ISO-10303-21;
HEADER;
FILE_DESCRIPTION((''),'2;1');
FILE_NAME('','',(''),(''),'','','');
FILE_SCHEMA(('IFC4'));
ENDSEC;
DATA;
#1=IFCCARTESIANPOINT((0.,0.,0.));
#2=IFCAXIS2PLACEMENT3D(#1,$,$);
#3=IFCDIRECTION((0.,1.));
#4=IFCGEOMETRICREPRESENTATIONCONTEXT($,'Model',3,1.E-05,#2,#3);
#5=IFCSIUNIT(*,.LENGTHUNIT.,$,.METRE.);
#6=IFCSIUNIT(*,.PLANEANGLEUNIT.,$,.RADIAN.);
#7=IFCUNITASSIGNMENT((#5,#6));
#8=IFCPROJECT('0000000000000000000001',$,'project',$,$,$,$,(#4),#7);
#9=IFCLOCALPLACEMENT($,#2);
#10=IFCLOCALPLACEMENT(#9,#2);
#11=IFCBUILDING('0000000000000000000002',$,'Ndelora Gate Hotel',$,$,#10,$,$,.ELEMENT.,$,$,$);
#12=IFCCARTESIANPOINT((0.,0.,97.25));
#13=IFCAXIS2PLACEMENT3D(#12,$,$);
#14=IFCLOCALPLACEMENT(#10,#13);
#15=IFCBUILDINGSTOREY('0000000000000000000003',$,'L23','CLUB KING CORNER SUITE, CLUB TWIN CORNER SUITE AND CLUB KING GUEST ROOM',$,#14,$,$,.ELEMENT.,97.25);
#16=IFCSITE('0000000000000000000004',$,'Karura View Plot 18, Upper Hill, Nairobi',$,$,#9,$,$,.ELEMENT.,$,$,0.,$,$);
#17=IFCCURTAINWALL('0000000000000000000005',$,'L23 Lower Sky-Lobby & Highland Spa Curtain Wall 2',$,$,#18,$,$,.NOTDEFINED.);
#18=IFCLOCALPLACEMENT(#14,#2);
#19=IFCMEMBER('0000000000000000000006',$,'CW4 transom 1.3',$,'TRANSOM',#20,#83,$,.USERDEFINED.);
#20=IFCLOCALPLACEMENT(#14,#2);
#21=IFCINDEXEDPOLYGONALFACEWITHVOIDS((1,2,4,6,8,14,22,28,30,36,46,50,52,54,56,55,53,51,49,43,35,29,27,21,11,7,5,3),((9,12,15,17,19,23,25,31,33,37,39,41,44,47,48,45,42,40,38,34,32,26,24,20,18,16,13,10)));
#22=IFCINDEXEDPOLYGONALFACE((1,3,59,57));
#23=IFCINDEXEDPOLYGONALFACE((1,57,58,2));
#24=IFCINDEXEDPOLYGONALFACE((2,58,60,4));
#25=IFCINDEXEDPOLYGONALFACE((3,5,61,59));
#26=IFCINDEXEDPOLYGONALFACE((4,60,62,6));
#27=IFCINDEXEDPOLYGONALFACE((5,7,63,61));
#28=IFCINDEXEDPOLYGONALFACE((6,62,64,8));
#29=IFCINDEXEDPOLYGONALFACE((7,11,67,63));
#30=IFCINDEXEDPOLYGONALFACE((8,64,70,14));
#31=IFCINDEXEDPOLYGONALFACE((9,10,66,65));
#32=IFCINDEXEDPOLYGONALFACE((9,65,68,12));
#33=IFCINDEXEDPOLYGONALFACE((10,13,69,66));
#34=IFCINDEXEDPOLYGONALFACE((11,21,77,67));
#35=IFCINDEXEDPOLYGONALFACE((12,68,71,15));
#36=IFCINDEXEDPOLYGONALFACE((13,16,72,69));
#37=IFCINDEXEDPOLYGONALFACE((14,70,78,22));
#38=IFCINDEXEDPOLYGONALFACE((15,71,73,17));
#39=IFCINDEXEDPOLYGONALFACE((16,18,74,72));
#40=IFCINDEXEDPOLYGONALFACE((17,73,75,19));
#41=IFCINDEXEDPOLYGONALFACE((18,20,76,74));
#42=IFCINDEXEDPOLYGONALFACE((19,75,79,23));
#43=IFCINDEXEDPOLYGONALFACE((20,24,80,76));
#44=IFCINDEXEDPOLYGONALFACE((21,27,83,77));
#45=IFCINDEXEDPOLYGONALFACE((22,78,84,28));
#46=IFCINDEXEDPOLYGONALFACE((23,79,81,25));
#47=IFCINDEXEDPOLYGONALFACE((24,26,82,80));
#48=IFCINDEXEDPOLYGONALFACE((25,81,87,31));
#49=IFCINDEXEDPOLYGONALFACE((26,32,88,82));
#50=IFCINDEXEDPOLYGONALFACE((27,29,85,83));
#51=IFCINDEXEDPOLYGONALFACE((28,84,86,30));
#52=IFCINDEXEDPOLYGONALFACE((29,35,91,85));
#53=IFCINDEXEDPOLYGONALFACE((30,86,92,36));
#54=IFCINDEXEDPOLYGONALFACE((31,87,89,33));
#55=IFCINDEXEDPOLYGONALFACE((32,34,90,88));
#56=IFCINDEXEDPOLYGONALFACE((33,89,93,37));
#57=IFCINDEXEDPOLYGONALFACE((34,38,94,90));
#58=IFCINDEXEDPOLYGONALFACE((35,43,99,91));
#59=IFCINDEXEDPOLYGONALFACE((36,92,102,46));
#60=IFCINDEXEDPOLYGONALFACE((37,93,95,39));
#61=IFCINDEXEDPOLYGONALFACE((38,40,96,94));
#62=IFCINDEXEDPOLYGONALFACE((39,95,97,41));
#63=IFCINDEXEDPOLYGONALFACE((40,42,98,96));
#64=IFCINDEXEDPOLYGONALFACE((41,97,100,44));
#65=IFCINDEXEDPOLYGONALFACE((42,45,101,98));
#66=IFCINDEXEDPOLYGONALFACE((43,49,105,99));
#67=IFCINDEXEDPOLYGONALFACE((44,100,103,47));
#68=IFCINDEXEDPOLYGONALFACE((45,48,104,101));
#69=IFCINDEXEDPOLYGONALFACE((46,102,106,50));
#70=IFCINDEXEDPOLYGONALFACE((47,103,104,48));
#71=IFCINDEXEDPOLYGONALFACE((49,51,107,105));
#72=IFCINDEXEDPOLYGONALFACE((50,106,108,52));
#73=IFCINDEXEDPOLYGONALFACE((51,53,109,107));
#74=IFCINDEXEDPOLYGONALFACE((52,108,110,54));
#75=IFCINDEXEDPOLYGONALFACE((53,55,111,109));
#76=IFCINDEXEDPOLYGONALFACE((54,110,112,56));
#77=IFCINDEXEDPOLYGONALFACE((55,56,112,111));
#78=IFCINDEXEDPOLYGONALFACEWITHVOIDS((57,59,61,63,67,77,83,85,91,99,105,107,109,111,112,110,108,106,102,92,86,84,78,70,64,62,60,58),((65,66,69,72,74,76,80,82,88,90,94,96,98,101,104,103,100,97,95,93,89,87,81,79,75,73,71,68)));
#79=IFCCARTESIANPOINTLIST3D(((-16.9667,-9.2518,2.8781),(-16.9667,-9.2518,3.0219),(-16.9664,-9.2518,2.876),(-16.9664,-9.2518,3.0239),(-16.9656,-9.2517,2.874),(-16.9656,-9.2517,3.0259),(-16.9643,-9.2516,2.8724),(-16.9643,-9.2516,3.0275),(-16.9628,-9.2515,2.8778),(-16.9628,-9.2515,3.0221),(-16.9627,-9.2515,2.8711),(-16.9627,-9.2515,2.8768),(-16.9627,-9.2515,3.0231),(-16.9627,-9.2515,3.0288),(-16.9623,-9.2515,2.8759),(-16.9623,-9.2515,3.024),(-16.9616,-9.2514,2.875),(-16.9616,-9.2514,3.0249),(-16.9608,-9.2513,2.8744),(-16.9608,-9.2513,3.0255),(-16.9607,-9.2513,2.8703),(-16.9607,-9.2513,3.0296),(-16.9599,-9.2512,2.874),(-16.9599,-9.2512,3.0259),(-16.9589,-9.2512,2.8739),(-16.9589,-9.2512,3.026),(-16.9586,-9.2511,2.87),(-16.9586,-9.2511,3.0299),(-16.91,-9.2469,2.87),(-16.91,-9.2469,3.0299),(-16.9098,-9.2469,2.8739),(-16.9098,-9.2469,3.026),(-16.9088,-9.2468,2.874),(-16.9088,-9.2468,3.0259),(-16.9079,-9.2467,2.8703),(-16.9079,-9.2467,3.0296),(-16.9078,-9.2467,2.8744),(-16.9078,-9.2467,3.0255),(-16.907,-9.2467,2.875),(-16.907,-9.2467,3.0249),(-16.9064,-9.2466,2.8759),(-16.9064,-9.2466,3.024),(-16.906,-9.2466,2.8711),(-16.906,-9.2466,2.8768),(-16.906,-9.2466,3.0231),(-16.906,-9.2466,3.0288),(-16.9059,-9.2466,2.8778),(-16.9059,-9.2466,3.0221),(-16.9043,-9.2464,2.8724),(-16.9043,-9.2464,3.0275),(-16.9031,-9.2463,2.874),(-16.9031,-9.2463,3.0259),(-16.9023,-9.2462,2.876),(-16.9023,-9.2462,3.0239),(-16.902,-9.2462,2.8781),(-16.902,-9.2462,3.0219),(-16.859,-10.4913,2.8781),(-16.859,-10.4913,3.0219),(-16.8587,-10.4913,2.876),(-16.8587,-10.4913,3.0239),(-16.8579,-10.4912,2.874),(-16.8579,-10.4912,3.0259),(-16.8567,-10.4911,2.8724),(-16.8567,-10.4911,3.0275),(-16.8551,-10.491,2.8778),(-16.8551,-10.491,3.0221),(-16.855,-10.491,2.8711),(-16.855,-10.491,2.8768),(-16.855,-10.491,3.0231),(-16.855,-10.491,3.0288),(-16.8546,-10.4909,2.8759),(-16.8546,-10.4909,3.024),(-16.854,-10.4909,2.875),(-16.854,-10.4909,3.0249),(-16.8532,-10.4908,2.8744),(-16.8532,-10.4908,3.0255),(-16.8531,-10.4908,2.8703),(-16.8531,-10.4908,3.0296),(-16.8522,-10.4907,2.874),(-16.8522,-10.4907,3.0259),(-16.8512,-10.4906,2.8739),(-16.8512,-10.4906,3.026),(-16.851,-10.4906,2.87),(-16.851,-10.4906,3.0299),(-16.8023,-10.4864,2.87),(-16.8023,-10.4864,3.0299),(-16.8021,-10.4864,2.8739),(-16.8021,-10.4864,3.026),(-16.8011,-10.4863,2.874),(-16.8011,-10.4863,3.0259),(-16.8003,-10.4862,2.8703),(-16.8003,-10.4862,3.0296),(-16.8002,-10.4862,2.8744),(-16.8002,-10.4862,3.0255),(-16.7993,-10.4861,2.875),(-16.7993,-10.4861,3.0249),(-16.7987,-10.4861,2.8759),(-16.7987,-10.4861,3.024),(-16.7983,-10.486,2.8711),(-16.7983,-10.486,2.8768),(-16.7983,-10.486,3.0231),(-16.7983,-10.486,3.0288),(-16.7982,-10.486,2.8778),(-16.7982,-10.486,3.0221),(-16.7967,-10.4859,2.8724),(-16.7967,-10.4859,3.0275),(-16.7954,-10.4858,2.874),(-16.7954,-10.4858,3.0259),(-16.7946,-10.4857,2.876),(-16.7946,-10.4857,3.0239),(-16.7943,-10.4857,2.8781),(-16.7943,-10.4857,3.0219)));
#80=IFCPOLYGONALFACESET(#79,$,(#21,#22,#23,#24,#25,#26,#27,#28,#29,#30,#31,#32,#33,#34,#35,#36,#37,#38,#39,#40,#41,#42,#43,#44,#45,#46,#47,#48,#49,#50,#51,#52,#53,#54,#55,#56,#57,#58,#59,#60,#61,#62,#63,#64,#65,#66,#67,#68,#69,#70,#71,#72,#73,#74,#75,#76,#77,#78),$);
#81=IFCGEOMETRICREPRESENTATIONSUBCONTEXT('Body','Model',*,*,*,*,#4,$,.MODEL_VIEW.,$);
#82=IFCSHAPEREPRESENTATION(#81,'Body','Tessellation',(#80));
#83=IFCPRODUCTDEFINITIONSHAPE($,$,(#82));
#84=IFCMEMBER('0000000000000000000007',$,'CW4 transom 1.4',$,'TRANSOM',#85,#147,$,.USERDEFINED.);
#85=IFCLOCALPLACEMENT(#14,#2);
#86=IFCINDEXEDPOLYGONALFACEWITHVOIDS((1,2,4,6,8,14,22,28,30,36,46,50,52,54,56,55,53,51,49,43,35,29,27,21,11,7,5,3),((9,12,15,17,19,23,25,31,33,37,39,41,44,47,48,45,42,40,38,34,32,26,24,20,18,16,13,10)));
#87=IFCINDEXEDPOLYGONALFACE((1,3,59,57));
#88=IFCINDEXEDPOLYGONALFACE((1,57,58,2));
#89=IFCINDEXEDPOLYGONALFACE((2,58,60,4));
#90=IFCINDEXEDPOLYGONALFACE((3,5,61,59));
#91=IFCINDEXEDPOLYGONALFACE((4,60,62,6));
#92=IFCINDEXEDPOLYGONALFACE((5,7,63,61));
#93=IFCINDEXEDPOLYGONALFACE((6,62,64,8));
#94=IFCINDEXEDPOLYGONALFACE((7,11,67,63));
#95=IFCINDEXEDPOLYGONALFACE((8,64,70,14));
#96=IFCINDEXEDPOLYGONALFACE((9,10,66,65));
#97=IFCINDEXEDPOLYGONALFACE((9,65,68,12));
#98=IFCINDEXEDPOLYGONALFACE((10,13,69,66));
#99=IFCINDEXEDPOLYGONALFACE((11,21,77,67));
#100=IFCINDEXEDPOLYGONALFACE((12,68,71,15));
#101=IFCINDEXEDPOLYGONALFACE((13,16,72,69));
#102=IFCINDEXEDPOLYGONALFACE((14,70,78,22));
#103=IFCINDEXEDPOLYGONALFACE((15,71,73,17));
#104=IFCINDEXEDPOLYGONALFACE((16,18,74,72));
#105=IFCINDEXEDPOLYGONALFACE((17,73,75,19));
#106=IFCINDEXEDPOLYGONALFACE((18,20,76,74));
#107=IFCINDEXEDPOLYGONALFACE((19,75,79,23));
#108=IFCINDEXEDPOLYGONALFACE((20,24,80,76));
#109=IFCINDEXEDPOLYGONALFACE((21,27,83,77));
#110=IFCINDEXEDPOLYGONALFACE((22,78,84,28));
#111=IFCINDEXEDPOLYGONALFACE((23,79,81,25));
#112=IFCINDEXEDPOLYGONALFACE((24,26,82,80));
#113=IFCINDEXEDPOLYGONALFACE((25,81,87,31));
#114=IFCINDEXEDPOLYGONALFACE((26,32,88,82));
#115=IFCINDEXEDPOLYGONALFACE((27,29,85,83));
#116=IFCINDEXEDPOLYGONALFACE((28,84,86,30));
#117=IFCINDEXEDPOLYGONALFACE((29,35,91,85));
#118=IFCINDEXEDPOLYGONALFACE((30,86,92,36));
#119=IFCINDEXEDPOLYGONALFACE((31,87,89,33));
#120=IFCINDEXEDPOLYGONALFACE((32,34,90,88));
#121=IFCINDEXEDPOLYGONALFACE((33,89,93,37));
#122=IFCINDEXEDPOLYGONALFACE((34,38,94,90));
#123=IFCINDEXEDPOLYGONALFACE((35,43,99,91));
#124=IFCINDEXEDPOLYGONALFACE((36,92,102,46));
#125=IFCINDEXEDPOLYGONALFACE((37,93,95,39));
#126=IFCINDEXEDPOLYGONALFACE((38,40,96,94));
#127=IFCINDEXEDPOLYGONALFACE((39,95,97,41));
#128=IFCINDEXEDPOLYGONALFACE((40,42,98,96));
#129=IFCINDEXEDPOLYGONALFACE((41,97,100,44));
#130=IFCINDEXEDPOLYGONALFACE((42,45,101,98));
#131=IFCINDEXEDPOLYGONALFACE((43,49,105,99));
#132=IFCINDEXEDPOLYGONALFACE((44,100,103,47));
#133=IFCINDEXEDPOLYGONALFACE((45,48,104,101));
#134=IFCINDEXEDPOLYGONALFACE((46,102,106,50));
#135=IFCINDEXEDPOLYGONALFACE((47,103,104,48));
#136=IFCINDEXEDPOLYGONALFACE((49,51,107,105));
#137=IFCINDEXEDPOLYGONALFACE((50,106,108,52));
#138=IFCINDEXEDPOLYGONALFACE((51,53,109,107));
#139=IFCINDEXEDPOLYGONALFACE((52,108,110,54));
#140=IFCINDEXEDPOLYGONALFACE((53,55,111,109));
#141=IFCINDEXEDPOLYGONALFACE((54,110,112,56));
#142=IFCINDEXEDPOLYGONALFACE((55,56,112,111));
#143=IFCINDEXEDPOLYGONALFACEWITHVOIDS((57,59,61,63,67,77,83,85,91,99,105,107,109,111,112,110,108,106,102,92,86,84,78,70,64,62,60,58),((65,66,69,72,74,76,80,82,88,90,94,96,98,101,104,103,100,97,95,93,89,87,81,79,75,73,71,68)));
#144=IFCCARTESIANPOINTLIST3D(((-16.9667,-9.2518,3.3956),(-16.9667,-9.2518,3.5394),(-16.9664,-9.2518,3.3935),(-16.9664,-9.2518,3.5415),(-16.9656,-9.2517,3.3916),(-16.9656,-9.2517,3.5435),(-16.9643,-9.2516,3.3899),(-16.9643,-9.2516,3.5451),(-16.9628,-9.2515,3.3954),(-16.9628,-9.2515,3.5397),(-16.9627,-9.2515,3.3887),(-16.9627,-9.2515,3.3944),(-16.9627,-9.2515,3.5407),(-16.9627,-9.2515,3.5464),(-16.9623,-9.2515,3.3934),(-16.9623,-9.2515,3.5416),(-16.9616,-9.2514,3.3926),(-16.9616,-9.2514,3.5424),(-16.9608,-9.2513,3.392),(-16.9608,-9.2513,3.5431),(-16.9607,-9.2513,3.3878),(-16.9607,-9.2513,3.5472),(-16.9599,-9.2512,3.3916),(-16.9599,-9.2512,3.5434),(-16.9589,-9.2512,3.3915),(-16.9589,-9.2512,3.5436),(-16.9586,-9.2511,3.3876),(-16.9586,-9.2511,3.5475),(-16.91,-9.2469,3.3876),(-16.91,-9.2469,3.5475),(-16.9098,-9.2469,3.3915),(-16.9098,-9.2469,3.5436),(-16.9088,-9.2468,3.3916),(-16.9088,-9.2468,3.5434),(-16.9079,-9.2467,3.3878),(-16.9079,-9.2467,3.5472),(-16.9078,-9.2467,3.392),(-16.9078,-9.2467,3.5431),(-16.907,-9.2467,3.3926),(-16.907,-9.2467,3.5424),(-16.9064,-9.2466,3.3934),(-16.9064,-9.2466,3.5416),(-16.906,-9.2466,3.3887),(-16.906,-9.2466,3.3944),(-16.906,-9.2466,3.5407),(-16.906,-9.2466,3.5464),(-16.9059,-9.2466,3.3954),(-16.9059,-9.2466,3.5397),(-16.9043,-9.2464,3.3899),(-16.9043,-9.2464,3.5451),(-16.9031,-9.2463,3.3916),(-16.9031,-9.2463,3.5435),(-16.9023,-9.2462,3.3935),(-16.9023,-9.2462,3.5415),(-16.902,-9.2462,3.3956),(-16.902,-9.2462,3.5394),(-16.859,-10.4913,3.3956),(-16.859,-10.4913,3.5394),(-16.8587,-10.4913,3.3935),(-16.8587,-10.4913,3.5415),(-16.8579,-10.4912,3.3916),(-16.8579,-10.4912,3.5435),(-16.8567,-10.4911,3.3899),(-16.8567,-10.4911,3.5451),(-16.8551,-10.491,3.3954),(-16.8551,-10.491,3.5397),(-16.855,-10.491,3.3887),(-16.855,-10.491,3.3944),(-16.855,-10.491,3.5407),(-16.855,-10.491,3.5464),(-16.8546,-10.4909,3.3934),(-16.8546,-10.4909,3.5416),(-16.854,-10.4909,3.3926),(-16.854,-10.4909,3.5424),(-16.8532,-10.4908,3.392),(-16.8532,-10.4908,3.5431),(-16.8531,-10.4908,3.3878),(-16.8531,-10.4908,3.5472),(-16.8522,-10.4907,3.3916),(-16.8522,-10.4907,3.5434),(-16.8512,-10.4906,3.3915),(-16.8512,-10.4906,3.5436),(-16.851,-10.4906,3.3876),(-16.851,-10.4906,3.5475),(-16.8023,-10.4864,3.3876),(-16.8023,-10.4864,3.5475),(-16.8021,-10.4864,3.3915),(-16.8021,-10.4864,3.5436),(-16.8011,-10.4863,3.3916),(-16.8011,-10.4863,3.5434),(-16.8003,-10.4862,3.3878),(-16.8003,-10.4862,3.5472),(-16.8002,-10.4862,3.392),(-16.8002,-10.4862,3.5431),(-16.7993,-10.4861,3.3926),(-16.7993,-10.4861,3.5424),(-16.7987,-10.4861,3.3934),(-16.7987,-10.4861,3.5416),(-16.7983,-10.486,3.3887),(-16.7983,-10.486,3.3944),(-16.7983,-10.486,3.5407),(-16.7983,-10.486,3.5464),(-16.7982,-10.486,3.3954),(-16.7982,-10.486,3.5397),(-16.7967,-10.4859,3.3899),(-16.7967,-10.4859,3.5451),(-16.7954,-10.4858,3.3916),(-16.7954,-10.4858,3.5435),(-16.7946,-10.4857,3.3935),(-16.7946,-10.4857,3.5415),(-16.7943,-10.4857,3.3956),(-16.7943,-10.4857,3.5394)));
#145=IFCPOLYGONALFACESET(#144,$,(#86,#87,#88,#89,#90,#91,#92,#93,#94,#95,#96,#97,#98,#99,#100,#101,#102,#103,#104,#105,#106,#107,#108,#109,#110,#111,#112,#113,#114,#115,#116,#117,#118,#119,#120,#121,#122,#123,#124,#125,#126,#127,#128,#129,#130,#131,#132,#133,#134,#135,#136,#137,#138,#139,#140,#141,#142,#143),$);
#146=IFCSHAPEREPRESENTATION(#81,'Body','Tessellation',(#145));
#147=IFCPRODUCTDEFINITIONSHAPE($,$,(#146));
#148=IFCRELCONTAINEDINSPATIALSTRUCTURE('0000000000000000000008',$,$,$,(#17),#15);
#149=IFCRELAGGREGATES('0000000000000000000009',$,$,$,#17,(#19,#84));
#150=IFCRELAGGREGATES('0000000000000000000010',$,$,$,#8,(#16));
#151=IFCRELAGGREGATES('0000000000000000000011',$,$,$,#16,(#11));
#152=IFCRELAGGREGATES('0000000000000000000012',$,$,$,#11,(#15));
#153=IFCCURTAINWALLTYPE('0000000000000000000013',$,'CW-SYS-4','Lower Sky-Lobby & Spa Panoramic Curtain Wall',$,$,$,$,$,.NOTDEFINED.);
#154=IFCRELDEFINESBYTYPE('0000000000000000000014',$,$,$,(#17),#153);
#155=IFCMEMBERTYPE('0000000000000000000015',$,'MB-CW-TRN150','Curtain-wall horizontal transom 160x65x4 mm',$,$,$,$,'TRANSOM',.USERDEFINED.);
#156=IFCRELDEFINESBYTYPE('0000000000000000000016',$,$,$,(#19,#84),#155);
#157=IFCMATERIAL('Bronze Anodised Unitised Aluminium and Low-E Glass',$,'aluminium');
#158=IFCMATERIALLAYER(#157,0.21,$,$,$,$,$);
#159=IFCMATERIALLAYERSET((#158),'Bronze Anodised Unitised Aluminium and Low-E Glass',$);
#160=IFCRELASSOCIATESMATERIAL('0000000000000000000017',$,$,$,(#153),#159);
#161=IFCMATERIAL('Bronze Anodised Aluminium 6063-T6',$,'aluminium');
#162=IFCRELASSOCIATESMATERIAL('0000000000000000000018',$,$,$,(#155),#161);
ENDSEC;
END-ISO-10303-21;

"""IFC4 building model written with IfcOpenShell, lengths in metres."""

from ifc_helpers import new_model, si_unit, direction, frame, origin, origin_2d, place, context, subcontext, project, spatial, hollow_rectangle, extrude, material, layer, layer_set, material_profile, profile_set, type_object, element, aggregate, save


model = new_model("IFC4")

# Units and contexts
model_context = context("Model", 3, precision=1e-05, world=origin(), true_north=direction((0.0, 1.0)))
body_context = subcontext(model_context, "Body", "Model", "MODEL_VIEW")
ifc_project = project(units=[si_unit("LENGTHUNIT", "METRE"), si_unit("PLANEANGLEUNIT", "RADIAN")], contexts=[model_context])

# Site, building, storey
site_placement = place(None, origin())
site = spatial("IfcSite", under=ifc_project, at=site_placement, Name="Karura View Plot 18, Upper Hill, Nairobi", CompositionType="ELEMENT", RefElevation=0.0)
building_placement = place(site_placement, origin())
building = spatial("IfcBuilding", under=site, at=building_placement, Name="Ndelora Gate Hotel", CompositionType="ELEMENT")
storey_placement = place(building_placement, frame((0.0, 0.0, 97.25)))
storey = spatial("IfcBuildingStorey", under=building, at=storey_placement, Name="L23", Description="CLUB KING CORNER SUITE, CLUB TWIN CORNER SUITE AND CLUB KING GUEST ROOM", CompositionType="ELEMENT", Elevation=97.25)

# Curtain wall, members
ifc_material_1 = material(Name="Bronze Anodised Unitised Aluminium and Low-E Glass", Category="aluminium")
ifc_layer_1 = layer(ifc_material_1, 0.21)
ifc_layer_set_1 = layer_set([ifc_layer_1], Name="Bronze Anodised Unitised Aluminium and Low-E Glass")
curtain_wall_type = type_object("IfcCurtainWallType", Name="CW-SYS-4", Description="Lower Sky-Lobby & Spa Panoramic Curtain Wall", PredefinedType="NOTDEFINED", material=ifc_layer_set_1)
curtain_wall_placement = place(storey_placement, origin())
curtain_wall = element("IfcCurtainWall", 1, at=curtain_wall_placement, inside=storey, type_object=curtain_wall_type, Name="L23 Lower Sky-Lobby & Highland Spa Curtain Wall 2", PredefinedType="NOTDEFINED")
ifc_material_2 = material(Name="Bronze Anodised Aluminium 6063-T6", Category="aluminium")
ifc_material_profile_1 = material_profile(ifc_material_2, hollow_rectangle(XDim=0.0649, YDim=0.1599, WallThickness=0.0039, InnerFilletRadius=0.0039, OuterFilletRadius=0.0081, at=origin_2d()), Name="ALU 160x65x4")
ifc_profile_set_1 = profile_set([ifc_material_profile_1], Name="Bronze Anodised Aluminium 6063-T6")
member_type_1 = type_object("IfcMemberType", Name="MB-CW-TRN150", Description="Curtain-wall horizontal transom 160x65x4 mm", ElementType="TRANSOM", PredefinedType="USERDEFINED", material=ifc_profile_set_1)
member_1_placement = place(storey_placement, frame((-16.9343, -9.249, 2.95), z_axis=(0.086536, -0.996249, 0.0), x_axis=(0.996249, 0.086536, 0.0)))
member_1 = element("IfcMember", 2, at=member_1_placement, type_object=member_type_1, Name="CW4 transom 1.3", ObjectType="TRANSOM", PredefinedType="USERDEFINED", context=body_context, shape_type="SweptSolid", body=[
    extrude(hollow_rectangle(XDim=0.0649, YDim=0.1599, WallThickness=0.0039, InnerFilletRadius=0.0039, OuterFilletRadius=0.0081, at=origin_2d()), origin(), (0.0, 0.0, 1.0), 1.2441),
])
member_2_placement = place(storey_placement, frame((-16.9343, -9.249, 3.4675), z_axis=(0.086536, -0.996249, 0.0), x_axis=(0.996249, 0.086536, 0.0)))
member_2 = element("IfcMember", 3, at=member_2_placement, type_object=member_type_1, Name="CW4 transom 1.4", ObjectType="TRANSOM", PredefinedType="USERDEFINED", context=body_context, shape_type="SweptSolid", body=[
    extrude(hollow_rectangle(XDim=0.0649, YDim=0.1599, WallThickness=0.0039, InnerFilletRadius=0.0039, OuterFilletRadius=0.0081, at=origin_2d()), origin(), (0.0, 0.0, 1.0), 1.2441),
])

aggregate(curtain_wall, [member_1, member_2])

save(model, "model.ifc")
